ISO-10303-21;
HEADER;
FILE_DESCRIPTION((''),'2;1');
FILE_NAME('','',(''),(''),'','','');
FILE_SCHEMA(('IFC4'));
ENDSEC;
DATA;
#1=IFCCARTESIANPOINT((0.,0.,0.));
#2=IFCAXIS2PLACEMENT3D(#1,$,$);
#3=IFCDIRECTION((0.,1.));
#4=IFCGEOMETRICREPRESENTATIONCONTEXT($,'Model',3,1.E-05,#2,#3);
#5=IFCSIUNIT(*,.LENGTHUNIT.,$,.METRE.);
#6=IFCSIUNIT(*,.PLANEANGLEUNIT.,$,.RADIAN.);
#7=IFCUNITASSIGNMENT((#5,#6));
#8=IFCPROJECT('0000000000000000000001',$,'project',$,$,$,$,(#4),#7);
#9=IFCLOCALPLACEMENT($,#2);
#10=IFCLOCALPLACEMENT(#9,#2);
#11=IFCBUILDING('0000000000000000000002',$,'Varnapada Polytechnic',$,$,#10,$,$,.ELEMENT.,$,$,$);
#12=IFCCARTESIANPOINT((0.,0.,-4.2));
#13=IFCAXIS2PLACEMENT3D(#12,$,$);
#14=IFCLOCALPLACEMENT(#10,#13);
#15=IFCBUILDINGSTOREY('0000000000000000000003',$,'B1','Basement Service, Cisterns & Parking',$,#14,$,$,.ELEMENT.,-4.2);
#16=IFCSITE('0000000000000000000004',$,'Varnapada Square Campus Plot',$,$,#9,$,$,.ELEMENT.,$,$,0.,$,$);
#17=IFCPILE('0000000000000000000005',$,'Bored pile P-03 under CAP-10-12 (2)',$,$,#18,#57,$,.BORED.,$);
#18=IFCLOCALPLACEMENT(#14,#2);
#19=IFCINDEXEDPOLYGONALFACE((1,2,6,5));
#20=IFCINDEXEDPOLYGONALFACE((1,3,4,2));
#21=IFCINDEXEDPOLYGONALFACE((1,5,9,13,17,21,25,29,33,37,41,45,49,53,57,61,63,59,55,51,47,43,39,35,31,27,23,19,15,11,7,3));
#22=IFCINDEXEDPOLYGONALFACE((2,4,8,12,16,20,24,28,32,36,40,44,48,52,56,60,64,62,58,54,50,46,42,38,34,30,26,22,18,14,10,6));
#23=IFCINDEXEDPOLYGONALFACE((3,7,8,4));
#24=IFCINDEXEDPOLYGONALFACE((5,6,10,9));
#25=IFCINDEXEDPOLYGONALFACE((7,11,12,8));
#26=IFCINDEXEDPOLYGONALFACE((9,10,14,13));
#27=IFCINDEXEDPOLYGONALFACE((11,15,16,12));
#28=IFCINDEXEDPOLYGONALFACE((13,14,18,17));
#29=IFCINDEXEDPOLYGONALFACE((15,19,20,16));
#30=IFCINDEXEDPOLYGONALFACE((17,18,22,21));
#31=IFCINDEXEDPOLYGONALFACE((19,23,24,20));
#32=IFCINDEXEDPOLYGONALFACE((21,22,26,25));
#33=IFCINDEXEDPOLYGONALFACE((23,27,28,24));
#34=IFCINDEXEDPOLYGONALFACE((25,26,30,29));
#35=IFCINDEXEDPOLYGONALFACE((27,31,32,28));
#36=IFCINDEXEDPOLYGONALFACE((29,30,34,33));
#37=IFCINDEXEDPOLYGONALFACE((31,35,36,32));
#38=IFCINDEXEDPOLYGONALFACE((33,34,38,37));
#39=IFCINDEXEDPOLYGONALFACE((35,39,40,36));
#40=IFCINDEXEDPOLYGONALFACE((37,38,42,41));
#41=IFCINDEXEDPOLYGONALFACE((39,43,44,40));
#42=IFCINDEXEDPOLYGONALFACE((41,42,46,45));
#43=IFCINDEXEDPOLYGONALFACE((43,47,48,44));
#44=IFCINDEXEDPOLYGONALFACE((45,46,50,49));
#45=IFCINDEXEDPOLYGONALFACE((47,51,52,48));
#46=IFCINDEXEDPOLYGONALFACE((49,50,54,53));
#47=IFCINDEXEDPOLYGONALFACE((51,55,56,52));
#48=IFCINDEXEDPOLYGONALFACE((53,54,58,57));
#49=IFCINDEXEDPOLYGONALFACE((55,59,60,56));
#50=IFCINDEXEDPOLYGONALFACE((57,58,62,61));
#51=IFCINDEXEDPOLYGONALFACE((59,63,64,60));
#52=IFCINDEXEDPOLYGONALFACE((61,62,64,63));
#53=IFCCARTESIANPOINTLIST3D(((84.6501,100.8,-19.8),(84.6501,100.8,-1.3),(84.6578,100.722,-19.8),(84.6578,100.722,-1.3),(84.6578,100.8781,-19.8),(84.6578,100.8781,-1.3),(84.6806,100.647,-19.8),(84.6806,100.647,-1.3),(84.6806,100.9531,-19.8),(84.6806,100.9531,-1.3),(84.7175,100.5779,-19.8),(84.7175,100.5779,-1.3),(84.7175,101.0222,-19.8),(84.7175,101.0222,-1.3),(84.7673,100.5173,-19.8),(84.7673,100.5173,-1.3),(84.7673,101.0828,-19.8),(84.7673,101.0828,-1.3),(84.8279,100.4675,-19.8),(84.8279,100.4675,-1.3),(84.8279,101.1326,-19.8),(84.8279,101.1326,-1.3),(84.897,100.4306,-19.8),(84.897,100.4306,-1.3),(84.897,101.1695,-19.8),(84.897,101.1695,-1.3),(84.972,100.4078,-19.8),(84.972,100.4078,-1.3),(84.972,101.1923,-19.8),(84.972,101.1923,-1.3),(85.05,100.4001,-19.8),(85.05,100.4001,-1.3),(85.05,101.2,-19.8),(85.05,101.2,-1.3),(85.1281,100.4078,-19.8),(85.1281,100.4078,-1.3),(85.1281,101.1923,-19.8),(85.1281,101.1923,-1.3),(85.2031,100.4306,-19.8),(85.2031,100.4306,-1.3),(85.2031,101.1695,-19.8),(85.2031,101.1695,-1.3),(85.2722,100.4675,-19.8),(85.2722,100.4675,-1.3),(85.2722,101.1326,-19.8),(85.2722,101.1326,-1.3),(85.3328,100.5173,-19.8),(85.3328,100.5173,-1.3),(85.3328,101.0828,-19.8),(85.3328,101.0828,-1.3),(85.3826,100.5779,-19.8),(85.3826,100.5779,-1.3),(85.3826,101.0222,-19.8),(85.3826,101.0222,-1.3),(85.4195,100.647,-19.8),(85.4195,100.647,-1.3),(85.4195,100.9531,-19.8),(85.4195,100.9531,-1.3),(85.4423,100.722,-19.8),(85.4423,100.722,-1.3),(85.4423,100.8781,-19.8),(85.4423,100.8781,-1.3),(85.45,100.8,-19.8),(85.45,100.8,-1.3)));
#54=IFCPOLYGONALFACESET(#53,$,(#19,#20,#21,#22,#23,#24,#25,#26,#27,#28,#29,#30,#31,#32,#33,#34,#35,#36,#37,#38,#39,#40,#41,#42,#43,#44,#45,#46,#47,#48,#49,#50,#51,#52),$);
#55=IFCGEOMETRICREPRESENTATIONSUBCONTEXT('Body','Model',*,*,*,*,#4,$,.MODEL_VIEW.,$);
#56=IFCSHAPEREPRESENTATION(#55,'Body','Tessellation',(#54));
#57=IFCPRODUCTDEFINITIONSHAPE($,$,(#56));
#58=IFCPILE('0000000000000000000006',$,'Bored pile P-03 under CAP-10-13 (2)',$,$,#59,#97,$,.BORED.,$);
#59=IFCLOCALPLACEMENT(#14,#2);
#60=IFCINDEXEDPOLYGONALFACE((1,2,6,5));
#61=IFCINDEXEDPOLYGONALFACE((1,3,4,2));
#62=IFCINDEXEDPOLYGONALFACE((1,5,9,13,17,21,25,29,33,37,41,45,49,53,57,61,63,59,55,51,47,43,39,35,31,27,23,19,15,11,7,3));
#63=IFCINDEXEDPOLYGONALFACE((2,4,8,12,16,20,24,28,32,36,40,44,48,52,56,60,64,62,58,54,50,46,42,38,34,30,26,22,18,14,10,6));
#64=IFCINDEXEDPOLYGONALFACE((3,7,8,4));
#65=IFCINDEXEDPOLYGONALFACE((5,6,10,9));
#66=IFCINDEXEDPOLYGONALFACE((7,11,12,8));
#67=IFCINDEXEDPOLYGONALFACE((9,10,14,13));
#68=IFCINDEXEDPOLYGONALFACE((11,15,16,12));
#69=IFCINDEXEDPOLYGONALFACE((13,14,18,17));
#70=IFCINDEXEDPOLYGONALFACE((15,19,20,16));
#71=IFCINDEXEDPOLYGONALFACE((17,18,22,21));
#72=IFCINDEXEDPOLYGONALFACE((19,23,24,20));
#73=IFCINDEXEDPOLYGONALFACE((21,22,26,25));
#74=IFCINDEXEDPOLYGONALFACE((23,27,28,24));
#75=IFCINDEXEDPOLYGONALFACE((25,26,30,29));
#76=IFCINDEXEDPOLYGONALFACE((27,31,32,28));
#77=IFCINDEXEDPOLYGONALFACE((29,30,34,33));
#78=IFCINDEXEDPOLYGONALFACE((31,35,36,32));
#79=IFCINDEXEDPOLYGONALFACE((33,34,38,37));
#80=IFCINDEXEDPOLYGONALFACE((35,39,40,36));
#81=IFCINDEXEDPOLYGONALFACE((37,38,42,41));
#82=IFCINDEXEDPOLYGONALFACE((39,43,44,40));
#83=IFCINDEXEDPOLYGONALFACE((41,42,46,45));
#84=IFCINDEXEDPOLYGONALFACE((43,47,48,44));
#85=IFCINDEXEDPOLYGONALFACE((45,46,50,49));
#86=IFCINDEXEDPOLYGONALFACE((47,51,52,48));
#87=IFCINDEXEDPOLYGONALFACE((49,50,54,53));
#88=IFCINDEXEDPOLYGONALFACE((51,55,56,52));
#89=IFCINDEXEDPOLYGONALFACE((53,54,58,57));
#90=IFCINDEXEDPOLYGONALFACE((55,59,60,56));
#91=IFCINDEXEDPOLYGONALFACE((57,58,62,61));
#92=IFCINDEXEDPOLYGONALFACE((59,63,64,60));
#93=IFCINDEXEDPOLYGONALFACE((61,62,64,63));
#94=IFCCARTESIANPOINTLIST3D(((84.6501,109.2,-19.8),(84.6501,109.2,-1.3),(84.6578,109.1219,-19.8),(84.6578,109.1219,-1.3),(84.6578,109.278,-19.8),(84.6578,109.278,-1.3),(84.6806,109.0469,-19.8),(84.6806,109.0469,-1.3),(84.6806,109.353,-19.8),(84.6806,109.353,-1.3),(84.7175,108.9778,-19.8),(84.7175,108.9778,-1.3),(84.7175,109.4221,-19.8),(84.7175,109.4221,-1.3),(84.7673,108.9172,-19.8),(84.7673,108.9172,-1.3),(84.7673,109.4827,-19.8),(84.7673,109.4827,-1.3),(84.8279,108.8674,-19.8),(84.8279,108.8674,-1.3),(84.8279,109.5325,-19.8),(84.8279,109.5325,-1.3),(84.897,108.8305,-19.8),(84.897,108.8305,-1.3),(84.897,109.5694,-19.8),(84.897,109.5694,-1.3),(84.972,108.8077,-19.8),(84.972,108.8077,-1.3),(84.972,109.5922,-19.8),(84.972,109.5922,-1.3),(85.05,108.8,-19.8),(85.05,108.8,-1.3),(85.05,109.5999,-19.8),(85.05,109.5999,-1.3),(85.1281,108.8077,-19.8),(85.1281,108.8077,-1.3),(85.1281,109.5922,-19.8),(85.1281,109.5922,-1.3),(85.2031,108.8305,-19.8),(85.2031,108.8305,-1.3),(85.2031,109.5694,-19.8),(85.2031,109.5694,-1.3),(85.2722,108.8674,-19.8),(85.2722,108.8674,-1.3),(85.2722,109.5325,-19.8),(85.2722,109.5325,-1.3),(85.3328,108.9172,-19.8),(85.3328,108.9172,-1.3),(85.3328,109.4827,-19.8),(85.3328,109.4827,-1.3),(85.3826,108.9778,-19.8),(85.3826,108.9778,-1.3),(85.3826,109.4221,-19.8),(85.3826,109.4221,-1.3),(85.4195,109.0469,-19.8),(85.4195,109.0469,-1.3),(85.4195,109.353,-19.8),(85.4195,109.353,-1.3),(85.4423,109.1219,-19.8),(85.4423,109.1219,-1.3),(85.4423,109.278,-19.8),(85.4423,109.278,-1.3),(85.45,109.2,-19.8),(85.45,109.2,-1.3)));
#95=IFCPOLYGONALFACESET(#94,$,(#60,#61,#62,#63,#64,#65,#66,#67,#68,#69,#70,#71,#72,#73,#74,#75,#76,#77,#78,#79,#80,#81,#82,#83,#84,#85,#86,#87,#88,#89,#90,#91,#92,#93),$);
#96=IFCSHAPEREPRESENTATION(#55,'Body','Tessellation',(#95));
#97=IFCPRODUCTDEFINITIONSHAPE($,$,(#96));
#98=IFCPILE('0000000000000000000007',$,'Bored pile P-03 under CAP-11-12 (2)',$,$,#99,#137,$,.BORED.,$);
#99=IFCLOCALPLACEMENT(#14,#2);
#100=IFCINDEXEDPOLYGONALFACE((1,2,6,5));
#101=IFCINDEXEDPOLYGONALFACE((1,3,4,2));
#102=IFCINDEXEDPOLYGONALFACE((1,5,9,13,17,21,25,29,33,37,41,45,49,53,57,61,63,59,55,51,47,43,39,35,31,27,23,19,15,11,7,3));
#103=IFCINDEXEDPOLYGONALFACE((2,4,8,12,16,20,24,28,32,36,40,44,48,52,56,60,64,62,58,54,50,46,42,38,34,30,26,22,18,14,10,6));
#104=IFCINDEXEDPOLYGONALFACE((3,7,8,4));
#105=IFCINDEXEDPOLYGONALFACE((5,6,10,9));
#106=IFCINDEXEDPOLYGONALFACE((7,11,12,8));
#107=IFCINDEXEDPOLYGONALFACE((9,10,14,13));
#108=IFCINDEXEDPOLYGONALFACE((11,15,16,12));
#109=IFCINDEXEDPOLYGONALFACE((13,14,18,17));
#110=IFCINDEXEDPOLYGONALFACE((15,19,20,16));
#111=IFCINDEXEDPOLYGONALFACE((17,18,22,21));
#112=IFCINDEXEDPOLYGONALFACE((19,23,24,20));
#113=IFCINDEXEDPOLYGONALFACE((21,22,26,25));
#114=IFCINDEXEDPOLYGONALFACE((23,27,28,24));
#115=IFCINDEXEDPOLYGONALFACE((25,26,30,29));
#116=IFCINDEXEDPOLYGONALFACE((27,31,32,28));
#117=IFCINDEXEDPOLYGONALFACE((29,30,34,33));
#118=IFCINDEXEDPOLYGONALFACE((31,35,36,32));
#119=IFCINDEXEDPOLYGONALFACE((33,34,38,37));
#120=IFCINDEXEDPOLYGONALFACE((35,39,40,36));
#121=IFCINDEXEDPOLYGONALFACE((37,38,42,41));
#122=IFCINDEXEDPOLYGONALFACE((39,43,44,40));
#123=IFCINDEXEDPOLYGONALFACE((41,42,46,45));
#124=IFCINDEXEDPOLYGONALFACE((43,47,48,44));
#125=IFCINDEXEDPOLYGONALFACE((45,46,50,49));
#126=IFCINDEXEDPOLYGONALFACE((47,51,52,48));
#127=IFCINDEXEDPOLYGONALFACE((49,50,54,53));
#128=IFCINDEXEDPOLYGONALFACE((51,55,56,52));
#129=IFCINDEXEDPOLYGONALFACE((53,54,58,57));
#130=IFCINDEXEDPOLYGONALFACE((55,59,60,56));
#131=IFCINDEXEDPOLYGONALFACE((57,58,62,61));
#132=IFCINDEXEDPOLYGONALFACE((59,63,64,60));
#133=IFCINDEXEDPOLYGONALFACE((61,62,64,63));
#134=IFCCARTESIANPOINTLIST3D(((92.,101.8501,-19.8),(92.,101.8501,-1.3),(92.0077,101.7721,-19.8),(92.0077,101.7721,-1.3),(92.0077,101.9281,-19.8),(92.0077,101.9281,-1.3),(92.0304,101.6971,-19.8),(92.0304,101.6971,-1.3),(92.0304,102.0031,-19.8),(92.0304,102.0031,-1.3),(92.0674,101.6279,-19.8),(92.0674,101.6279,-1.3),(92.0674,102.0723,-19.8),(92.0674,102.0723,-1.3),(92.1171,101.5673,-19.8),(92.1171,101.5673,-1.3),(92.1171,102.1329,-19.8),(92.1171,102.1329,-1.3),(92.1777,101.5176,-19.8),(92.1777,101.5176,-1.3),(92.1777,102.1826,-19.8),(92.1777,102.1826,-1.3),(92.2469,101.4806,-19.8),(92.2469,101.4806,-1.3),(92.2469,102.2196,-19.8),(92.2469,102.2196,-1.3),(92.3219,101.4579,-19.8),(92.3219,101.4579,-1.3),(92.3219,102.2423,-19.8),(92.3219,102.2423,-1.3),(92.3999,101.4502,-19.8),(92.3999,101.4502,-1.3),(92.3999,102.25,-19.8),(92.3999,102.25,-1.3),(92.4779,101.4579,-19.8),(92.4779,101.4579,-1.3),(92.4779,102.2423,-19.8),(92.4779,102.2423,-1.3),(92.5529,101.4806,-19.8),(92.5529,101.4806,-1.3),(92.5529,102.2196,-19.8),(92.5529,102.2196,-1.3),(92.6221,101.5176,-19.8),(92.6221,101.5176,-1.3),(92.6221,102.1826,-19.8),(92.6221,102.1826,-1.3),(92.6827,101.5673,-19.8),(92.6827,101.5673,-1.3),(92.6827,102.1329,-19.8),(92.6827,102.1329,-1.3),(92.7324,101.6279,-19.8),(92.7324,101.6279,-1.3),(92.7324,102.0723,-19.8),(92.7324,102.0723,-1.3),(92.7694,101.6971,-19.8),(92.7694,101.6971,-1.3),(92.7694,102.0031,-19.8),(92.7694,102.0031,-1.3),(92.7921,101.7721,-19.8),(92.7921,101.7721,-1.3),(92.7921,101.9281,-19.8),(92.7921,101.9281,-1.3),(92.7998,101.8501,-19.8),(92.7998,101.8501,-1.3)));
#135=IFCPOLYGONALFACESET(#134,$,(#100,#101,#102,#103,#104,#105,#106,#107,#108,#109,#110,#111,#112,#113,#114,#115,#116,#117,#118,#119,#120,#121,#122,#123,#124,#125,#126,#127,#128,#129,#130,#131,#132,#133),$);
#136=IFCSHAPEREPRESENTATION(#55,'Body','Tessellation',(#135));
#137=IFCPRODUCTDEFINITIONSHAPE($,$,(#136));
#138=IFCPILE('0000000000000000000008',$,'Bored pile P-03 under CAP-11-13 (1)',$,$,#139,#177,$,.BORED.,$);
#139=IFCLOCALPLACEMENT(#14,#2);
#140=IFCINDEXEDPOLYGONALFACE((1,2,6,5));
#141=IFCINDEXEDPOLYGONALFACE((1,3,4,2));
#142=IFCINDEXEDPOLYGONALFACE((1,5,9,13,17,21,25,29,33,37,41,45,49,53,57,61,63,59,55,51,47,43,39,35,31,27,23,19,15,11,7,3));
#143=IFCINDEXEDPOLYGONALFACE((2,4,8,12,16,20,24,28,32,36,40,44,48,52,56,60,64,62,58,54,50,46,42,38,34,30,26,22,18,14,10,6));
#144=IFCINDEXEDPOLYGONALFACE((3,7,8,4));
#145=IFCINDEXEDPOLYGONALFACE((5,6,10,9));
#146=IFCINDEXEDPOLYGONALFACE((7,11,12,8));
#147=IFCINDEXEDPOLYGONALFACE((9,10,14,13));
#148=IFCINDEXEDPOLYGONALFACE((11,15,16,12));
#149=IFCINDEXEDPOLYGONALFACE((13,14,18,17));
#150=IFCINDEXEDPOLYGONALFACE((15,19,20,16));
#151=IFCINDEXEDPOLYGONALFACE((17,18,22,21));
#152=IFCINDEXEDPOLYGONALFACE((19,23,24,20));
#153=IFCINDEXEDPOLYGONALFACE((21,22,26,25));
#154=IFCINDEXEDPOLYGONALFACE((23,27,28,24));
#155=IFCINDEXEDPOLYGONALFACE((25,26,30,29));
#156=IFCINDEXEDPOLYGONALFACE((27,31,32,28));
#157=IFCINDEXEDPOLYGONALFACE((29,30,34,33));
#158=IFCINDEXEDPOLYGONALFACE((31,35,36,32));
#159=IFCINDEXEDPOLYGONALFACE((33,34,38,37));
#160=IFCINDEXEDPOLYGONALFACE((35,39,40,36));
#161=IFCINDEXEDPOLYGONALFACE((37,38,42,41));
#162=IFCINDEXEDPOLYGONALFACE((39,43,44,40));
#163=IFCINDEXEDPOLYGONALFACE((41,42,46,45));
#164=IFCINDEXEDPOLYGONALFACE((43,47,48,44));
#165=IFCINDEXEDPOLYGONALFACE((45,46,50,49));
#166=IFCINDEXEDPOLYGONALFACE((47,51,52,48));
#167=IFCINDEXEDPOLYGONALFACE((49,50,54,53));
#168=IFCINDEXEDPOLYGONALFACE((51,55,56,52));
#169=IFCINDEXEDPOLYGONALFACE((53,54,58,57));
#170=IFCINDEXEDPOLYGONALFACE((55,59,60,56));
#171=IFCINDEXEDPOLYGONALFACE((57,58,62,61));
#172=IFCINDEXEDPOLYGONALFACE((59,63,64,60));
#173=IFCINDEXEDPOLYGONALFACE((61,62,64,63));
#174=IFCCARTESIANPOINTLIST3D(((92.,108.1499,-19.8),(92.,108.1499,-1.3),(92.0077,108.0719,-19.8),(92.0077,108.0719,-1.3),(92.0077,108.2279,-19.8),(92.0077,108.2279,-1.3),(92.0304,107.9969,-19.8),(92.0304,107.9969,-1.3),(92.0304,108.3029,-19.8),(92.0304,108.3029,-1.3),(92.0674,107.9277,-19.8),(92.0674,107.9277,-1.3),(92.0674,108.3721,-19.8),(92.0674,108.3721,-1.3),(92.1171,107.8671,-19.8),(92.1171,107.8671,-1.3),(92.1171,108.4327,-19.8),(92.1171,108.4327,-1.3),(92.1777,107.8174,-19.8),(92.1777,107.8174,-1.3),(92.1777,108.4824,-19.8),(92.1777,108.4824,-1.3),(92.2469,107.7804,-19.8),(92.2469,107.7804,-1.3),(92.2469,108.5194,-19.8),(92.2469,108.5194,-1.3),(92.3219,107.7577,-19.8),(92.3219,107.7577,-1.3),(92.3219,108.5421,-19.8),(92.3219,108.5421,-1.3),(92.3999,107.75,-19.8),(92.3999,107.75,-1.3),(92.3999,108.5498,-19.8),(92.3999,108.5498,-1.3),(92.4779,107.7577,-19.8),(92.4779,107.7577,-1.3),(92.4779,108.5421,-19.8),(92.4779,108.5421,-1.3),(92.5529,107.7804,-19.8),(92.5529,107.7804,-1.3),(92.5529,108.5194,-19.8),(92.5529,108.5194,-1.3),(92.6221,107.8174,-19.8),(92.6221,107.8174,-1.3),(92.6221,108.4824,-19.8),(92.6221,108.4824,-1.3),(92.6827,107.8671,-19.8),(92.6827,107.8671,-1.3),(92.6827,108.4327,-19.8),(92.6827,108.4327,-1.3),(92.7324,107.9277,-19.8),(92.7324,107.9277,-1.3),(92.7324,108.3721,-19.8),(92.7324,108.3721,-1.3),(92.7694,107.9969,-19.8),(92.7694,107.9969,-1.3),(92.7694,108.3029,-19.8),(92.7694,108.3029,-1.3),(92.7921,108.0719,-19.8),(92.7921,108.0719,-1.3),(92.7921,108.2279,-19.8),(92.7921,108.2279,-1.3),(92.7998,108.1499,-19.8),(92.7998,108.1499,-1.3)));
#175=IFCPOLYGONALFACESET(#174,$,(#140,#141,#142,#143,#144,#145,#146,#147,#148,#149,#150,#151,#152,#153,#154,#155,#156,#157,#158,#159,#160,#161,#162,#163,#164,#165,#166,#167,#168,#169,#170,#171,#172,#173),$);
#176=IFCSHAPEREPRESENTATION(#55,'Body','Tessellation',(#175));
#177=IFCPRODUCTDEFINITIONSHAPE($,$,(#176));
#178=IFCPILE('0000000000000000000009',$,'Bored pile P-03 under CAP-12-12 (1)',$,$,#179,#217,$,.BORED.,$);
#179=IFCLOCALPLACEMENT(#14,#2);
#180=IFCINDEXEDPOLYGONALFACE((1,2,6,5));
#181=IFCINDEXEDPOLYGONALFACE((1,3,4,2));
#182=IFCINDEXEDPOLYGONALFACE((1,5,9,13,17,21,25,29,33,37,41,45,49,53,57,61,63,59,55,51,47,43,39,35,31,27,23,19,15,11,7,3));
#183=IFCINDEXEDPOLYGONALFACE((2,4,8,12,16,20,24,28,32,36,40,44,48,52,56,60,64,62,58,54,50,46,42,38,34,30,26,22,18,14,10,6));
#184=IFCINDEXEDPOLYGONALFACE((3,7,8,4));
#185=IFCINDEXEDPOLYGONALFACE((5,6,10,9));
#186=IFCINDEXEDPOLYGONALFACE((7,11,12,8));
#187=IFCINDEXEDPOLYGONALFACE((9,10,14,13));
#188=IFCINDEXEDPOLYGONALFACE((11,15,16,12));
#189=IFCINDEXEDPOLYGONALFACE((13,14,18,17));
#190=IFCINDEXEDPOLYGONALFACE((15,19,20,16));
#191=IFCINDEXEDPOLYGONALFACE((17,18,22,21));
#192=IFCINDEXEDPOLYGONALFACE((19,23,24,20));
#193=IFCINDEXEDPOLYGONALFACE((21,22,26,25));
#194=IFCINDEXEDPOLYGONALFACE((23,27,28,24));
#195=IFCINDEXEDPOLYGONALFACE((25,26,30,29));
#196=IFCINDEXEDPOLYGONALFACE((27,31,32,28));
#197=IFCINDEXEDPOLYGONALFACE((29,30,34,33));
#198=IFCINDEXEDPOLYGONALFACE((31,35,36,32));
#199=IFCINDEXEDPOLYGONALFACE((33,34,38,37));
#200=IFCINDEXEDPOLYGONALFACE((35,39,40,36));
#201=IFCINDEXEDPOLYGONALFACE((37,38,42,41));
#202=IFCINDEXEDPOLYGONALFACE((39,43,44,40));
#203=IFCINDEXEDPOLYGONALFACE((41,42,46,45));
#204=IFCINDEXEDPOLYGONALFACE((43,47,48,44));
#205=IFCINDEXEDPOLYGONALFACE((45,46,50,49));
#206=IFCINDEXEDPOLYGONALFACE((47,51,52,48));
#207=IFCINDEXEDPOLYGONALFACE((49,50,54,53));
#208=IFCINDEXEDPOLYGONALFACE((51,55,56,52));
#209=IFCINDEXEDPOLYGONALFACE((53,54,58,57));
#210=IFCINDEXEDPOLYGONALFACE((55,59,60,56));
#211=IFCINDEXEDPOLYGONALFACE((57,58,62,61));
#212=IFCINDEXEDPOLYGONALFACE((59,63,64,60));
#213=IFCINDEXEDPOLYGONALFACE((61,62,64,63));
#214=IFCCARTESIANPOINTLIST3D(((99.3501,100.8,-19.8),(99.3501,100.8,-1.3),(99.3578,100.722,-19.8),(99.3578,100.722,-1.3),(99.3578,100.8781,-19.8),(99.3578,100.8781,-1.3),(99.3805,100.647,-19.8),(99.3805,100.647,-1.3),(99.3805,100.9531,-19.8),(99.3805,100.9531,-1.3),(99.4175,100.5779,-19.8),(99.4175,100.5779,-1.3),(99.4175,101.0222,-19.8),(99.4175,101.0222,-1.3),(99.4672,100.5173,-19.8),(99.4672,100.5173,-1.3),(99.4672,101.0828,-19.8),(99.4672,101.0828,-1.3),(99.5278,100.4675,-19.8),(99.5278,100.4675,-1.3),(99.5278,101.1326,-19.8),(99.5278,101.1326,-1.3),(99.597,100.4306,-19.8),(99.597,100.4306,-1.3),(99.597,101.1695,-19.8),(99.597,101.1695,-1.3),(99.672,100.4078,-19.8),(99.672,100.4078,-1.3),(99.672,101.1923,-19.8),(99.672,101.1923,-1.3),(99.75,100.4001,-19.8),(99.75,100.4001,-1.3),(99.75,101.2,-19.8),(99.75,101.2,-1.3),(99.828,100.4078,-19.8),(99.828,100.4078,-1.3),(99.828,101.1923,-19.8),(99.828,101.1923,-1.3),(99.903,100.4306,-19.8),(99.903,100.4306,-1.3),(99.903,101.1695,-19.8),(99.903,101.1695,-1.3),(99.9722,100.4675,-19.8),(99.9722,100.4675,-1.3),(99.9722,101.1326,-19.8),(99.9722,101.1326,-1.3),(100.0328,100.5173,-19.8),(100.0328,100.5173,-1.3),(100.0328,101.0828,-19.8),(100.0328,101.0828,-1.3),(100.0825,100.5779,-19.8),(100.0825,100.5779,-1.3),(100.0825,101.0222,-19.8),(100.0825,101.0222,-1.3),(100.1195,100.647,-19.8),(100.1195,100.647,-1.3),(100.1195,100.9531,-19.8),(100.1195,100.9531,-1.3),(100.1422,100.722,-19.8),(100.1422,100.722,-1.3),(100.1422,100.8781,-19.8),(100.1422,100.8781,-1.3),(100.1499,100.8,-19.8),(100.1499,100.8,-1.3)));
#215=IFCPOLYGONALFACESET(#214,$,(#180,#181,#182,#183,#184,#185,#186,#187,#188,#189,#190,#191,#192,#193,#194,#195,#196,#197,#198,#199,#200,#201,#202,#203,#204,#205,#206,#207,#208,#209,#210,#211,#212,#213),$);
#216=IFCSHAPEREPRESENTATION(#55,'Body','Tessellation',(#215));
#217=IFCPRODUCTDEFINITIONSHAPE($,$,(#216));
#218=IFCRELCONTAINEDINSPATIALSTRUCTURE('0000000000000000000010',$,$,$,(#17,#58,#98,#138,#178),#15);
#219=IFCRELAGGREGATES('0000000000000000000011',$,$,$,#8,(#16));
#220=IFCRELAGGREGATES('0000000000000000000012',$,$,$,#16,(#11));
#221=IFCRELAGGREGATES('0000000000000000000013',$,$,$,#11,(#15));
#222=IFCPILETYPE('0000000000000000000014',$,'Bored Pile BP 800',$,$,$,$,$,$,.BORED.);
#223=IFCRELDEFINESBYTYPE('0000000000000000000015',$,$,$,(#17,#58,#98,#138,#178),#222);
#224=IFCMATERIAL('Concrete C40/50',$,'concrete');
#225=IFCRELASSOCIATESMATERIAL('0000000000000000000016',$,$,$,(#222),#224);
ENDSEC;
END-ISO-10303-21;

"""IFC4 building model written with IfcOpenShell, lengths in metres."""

from ifc_helpers import new_model, si_unit, direction, frame, origin, origin_2d, place, context, subcontext, project, spatial, circle, extrude, material, material_profile, profile_set, type_object, element, save


model = new_model("IFC4")

# Units and contexts
model_context = context("Model", 3, precision=1e-05, world=origin(), true_north=direction((0.0, 1.0)))
body_context = subcontext(model_context, "Body", "Model", "MODEL_VIEW")
ifc_project = project(units=[si_unit("LENGTHUNIT", "METRE"), si_unit("PLANEANGLEUNIT", "RADIAN")], contexts=[model_context])

# Site, building, storey
site_placement = place(None, origin())
site = spatial("IfcSite", under=ifc_project, at=site_placement, Name="Varnapada Square Campus Plot", CompositionType="ELEMENT", RefElevation=0.0)
building_placement = place(site_placement, origin())
building = spatial("IfcBuilding", under=site, at=building_placement, Name="Varnapada Polytechnic", CompositionType="ELEMENT")
storey_placement = place(building_placement, frame((0.0, 0.0, -4.2)))
storey = spatial("IfcBuildingStorey", under=building, at=storey_placement, Name="B1", Description="Basement Service, Cisterns & Parking", CompositionType="ELEMENT", Elevation=-4.2)

# Piles
ifc_material_1 = material(Name="Concrete C40/50", Category="concrete")
ifc_material_profile_1 = material_profile(ifc_material_1, circle(Radius=0.3999, at=origin_2d()), Name="BP 800")
ifc_profile_set_1 = profile_set([ifc_material_profile_1], Name="Concrete C40/50")
pile_type = type_object("IfcPileType", Name="Bored Pile BP 800", PredefinedType="BORED", material=ifc_profile_set_1)
for number, where, z_axis, x_axis, name in (
    (1, (85.05, 100.8, -1.3), (0.0, 0.0, -1.0), (1.0, 0.0, 0.0), "Bored pile P-03 under CAP-10-12 (2)"),
    (2, (85.05, 109.2, -1.3), (0.0, 0.0, -1.0), (1.0, 0.0, 0.0), "Bored pile P-03 under CAP-10-13 (2)"),
    (3, (92.3999, 101.8501, -1.3), (0.0, 0.0, -1.0), (1.0, 0.0, 0.0), "Bored pile P-03 under CAP-11-12 (2)"),
    (4, (92.3999, 108.1499, -1.3), (0.0, 0.0, -1.0), (1.0, 0.0, 0.0), "Bored pile P-03 under CAP-11-13 (1)"),
    (5, (99.75, 100.8, -1.3), (0.0, 0.0, -1.0), (1.0, 0.0, 0.0), "Bored pile P-03 under CAP-12-12 (1)"),
):
    element("IfcPile", number, at=place(storey_placement, frame(where, z_axis=z_axis, x_axis=x_axis)), inside=storey, type_object=pile_type, Name=name, PredefinedType="BORED", context=body_context, shape_type="SweptSolid", body=[
        extrude(circle(Radius=0.3999, at=origin_2d()), origin(), (0.0, 0.0, 1.0), 18.5),
    ])

save(model, "model.ifc")
